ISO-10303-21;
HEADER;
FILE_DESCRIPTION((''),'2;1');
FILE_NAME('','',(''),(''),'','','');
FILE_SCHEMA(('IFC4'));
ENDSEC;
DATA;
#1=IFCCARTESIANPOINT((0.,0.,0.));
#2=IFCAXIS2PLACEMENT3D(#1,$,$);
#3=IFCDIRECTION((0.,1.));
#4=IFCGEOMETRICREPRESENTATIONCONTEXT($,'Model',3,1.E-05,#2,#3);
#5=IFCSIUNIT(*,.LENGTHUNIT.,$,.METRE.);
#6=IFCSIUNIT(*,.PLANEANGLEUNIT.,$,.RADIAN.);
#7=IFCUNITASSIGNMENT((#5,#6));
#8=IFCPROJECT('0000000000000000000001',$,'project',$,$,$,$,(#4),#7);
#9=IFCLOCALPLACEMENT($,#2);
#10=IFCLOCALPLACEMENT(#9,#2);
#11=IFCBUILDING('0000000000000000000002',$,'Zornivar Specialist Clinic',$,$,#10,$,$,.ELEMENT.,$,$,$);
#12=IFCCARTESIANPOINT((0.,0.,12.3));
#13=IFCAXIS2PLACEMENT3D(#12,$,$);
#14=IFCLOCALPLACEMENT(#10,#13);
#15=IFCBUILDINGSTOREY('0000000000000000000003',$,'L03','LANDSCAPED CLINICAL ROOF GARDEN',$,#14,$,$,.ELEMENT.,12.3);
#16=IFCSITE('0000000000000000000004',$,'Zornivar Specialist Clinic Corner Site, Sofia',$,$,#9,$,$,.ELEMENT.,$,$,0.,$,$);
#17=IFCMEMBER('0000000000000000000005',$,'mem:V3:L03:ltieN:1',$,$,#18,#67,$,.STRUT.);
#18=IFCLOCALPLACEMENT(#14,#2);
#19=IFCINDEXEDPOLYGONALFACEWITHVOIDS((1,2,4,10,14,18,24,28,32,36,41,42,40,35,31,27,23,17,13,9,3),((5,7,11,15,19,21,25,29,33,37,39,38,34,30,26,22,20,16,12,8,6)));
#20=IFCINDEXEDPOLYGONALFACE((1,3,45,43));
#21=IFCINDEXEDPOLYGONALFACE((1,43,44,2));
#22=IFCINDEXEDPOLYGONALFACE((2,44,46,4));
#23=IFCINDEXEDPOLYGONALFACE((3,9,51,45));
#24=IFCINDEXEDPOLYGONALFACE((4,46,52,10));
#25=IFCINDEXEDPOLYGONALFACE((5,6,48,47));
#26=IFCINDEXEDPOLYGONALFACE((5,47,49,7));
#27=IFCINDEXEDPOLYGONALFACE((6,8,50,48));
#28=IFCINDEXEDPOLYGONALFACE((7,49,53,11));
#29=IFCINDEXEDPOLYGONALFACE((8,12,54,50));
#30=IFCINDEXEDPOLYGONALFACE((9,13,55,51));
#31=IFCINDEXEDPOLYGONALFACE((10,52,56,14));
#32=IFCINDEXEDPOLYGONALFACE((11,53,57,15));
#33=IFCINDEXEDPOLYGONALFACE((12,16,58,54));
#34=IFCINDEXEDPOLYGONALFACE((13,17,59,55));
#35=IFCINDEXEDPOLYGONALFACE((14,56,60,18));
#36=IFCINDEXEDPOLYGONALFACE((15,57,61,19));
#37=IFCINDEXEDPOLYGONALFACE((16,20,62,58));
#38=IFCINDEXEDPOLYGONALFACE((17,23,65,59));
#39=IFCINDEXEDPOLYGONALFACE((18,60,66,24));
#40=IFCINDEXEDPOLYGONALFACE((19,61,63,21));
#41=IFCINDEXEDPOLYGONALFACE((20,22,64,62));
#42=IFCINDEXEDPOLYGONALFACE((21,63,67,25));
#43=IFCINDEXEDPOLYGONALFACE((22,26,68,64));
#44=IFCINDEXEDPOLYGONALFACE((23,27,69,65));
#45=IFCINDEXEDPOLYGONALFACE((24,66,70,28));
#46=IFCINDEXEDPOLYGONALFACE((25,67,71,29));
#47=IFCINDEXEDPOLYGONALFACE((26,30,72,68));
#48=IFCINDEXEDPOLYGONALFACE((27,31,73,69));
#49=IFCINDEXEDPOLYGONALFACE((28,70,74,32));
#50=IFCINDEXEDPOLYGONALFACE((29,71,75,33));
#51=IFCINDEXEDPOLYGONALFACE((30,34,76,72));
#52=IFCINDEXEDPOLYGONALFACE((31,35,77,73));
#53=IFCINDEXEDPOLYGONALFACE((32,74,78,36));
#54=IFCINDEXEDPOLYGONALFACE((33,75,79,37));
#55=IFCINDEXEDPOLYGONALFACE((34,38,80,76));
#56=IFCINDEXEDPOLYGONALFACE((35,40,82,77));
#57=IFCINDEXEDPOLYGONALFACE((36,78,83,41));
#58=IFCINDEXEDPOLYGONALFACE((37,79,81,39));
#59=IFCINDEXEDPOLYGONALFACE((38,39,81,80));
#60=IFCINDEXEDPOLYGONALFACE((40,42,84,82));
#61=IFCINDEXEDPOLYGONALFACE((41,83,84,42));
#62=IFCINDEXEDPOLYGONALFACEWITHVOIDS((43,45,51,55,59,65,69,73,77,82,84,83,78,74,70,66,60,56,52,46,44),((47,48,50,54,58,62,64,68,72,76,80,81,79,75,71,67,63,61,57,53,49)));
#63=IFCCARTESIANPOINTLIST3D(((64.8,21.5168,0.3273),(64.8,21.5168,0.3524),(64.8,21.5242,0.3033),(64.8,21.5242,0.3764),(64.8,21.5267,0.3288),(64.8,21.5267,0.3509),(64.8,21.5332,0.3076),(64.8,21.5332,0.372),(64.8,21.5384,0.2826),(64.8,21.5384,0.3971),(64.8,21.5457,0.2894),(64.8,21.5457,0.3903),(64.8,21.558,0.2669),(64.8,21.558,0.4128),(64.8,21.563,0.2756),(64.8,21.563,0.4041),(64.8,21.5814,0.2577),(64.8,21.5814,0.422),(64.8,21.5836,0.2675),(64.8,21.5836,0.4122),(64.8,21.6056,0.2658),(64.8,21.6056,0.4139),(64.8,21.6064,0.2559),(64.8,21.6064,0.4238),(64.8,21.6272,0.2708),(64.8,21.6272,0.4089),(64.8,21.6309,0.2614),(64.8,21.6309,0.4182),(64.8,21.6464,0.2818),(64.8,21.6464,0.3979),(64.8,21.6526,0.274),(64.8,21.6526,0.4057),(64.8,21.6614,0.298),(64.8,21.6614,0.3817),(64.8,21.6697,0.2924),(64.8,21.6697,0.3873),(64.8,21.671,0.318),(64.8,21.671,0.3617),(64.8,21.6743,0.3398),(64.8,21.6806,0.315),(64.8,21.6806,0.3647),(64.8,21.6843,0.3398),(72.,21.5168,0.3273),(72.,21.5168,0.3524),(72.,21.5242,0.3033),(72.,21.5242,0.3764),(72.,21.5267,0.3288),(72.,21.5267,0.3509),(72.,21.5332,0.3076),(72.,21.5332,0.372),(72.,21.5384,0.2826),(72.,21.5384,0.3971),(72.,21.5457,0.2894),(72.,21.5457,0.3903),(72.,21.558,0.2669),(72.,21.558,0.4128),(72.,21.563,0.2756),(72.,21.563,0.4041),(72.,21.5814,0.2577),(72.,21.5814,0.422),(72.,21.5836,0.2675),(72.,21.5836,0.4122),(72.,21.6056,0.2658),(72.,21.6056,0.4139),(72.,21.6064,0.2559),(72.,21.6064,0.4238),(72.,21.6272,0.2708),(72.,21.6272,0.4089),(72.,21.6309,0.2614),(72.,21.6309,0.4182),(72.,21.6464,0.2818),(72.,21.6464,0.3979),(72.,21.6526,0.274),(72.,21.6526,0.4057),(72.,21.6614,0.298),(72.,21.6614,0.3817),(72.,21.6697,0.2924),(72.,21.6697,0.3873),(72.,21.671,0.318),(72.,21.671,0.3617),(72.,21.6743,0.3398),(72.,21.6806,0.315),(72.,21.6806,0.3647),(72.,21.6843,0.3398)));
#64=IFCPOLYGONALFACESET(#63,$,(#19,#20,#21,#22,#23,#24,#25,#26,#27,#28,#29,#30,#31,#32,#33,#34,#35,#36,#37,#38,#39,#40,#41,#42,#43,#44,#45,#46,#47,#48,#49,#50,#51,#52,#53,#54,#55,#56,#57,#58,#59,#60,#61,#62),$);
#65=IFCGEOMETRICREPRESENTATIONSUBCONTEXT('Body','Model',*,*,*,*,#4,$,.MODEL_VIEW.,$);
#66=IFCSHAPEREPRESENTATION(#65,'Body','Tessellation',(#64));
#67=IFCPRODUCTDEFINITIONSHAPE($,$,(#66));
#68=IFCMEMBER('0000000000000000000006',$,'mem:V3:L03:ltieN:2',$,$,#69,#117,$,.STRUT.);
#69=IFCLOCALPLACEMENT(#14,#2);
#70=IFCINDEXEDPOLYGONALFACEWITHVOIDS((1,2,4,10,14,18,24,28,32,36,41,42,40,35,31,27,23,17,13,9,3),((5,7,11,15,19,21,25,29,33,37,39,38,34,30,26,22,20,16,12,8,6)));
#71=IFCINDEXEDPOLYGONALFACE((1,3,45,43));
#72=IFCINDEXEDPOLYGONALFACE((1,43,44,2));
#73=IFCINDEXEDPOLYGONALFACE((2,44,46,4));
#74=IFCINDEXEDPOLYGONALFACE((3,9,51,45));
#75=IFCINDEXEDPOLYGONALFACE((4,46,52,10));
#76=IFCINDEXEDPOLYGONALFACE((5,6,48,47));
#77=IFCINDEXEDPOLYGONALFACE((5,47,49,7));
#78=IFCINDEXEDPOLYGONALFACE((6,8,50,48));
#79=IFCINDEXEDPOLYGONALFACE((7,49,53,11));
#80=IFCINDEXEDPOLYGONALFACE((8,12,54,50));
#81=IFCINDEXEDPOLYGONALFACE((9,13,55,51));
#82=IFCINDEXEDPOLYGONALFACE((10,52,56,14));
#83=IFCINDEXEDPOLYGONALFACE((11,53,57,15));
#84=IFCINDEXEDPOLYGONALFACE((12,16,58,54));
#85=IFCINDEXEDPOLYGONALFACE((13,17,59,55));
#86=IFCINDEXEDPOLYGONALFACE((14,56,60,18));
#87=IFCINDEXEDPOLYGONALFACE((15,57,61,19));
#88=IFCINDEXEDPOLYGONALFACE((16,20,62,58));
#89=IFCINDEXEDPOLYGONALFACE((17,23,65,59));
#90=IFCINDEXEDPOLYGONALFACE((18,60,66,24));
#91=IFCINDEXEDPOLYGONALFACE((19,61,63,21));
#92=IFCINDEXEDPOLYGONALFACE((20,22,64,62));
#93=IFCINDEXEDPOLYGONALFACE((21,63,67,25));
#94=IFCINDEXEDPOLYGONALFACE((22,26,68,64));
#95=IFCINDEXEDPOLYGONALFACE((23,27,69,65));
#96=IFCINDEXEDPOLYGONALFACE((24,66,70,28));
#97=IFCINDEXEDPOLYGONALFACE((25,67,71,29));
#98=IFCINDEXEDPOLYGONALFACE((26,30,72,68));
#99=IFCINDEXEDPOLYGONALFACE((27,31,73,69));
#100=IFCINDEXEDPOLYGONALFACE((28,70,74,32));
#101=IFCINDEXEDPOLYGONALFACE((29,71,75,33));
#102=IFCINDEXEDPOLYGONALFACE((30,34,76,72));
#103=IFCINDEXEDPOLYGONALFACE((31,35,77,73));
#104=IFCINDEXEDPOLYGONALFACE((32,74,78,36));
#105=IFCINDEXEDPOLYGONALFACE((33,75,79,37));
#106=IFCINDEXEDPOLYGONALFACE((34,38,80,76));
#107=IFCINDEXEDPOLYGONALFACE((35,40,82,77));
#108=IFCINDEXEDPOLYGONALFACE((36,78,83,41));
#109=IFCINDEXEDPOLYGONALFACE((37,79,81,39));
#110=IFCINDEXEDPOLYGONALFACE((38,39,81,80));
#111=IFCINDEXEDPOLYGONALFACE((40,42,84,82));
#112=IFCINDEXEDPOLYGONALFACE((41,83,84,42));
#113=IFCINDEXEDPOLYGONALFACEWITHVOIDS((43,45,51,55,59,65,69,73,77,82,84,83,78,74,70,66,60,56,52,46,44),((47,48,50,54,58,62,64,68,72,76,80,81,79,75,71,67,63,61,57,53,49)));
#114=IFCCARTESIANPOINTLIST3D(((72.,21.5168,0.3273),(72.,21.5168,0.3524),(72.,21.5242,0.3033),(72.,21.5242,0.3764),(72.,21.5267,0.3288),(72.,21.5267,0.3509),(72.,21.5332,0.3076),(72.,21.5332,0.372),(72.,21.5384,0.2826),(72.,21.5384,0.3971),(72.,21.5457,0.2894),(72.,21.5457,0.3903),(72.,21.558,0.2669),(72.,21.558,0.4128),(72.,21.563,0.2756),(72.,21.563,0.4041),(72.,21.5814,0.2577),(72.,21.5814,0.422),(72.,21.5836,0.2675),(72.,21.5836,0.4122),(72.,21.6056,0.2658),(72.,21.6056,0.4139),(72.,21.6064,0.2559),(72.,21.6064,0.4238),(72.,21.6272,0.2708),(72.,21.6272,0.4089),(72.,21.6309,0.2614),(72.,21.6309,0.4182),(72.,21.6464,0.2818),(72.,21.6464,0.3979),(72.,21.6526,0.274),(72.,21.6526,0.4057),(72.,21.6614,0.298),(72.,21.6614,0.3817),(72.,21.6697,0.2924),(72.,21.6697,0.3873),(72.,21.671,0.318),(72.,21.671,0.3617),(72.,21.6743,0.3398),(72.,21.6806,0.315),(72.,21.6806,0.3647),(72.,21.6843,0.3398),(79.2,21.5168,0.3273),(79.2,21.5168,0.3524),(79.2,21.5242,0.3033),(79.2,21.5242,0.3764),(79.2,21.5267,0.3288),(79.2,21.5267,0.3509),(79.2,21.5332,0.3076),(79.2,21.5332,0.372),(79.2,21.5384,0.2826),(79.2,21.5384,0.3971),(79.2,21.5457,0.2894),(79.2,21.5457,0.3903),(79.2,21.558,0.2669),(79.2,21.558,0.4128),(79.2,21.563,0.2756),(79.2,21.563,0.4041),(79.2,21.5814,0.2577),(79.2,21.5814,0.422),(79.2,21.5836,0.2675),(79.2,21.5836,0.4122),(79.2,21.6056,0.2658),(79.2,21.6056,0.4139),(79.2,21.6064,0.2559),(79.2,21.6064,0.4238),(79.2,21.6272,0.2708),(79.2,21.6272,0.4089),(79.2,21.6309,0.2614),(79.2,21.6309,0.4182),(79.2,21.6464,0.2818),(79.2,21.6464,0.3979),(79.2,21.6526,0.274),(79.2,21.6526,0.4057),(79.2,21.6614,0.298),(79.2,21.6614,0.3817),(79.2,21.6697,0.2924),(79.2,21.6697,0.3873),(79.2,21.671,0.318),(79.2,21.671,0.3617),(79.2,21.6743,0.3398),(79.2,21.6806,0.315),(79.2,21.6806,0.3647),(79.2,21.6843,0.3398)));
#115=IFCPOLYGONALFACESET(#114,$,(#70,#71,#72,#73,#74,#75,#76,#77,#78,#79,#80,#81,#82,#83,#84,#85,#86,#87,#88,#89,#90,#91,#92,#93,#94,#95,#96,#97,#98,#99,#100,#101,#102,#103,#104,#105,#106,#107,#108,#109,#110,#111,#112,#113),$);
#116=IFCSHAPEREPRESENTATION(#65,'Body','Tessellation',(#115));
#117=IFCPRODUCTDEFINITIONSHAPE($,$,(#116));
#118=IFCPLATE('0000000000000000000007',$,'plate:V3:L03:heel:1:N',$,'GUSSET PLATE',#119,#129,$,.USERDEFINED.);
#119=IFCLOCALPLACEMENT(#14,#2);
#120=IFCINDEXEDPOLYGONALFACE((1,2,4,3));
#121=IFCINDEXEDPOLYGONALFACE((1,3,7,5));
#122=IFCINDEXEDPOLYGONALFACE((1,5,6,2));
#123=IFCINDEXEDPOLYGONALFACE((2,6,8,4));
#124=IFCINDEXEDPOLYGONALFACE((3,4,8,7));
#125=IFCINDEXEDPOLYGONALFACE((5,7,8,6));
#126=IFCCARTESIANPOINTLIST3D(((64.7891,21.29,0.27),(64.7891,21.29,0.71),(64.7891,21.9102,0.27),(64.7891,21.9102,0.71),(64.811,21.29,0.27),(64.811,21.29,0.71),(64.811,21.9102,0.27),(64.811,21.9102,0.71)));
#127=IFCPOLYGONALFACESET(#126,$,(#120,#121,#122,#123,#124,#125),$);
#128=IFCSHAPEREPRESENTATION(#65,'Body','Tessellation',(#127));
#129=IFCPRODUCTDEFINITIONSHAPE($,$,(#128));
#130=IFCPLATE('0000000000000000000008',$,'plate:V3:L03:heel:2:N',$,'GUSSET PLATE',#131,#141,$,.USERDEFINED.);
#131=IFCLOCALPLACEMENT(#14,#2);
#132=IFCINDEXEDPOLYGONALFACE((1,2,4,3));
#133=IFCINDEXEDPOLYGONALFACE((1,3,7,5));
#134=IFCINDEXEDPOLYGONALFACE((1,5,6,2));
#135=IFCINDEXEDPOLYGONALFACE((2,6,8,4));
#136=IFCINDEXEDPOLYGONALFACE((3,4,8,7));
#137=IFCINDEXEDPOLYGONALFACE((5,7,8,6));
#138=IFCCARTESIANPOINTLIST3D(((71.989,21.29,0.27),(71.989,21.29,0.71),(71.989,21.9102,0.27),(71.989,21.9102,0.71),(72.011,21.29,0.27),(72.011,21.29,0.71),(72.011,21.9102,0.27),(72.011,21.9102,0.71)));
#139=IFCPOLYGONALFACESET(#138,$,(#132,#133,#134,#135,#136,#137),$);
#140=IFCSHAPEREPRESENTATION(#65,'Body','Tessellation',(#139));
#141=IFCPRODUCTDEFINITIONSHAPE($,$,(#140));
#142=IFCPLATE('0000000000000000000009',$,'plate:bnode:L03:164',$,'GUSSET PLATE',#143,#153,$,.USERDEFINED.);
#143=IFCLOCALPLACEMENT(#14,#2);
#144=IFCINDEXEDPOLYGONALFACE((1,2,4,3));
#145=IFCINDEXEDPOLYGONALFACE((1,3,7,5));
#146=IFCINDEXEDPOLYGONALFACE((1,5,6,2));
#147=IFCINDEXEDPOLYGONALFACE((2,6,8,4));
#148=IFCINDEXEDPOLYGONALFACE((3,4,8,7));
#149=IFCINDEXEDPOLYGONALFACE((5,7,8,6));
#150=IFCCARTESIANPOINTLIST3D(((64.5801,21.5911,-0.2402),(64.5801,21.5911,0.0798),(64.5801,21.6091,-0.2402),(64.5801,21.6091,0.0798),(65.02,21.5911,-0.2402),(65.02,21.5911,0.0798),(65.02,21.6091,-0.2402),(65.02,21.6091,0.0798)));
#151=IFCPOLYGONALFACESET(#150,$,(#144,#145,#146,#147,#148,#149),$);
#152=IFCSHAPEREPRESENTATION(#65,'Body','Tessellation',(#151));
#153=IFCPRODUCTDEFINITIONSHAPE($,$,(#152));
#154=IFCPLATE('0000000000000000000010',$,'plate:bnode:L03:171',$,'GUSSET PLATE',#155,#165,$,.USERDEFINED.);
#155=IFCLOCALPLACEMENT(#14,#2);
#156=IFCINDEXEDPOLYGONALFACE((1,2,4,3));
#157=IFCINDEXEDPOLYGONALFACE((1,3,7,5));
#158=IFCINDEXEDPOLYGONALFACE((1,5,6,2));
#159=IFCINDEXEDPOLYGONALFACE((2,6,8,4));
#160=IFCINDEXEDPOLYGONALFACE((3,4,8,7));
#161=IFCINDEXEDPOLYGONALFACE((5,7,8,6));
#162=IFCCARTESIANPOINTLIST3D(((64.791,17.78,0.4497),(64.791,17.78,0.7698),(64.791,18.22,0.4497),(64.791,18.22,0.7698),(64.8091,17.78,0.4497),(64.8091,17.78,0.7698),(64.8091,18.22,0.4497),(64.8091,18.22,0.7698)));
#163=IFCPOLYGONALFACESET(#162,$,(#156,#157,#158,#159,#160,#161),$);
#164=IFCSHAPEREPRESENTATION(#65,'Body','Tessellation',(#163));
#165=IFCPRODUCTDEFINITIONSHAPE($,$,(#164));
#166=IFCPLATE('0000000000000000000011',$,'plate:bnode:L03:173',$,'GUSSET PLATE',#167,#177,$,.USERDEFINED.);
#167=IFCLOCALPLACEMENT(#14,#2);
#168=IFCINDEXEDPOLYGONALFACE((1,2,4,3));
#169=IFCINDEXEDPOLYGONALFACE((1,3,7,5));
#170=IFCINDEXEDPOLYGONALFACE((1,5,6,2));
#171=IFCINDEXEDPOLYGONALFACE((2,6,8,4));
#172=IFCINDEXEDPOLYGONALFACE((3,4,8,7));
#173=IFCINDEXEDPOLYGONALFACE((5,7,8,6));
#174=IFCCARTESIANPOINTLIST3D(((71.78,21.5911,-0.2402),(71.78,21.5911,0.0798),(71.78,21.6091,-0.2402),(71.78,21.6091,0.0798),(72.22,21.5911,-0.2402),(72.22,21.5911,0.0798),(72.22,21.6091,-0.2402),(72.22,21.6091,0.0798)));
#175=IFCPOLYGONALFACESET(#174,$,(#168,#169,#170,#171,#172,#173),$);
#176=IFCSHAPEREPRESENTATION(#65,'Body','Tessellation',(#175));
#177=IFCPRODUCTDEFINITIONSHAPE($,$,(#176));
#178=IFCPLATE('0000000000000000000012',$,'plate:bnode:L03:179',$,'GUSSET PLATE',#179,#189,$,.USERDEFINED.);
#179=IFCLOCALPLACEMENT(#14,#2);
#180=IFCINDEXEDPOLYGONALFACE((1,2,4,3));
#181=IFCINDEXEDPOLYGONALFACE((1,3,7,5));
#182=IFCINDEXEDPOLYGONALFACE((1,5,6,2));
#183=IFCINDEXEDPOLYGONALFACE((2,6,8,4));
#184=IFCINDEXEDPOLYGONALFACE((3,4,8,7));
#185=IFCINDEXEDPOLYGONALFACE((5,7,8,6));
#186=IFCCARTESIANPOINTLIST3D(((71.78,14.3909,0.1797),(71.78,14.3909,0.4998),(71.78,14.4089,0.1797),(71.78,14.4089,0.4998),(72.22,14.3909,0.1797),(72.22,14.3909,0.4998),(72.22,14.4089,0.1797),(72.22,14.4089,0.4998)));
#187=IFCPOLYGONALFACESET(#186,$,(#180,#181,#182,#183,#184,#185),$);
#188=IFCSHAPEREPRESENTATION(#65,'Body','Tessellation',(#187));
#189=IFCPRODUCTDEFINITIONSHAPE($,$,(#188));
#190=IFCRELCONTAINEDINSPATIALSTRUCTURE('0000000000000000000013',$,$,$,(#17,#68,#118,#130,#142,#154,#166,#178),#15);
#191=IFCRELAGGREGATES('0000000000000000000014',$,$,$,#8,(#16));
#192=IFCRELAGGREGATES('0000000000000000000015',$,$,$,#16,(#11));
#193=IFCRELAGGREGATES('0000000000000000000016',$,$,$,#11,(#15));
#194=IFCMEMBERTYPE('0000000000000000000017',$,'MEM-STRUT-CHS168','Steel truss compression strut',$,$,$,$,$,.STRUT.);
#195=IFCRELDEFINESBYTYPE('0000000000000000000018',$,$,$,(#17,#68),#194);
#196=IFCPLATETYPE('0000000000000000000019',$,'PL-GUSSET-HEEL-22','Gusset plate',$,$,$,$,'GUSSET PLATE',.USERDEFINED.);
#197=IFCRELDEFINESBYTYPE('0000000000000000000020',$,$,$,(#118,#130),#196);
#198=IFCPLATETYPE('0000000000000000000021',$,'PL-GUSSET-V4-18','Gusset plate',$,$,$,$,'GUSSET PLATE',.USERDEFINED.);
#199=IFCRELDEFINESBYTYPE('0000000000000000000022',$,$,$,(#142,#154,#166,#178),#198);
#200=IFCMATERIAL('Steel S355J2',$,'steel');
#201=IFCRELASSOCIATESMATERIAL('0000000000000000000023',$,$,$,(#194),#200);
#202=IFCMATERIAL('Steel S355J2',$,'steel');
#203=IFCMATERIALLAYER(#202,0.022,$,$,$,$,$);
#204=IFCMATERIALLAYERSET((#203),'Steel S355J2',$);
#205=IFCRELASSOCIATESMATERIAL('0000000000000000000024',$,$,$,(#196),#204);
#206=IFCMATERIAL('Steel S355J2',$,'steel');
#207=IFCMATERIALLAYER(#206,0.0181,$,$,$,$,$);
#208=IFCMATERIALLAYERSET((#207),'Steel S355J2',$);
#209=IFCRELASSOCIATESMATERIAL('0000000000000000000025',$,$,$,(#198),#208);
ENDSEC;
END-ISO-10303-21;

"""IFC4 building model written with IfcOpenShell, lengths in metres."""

from ifc_helpers import new_model, si_unit, direction, frame, origin, origin_2d, place, context, subcontext, project, spatial, rectangle, hollow_circle, extrude, material, layer, layer_set, material_profile, profile_set, type_object, element, save


model = new_model("IFC4")

# Units and contexts
model_context = context("Model", 3, precision=1e-05, world=origin(), true_north=direction((0.0, 1.0)))
body_context = subcontext(model_context, "Body", "Model", "MODEL_VIEW")
ifc_project = project(units=[si_unit("LENGTHUNIT", "METRE"), si_unit("PLANEANGLEUNIT", "RADIAN")], contexts=[model_context])

# Site, building, storey
site_placement = place(None, origin())
site = spatial("IfcSite", under=ifc_project, at=site_placement, Name="Zornivar Specialist Clinic Corner Site, Sofia", CompositionType="ELEMENT", RefElevation=0.0)
building_placement = place(site_placement, origin())
building = spatial("IfcBuilding", under=site, at=building_placement, Name="Zornivar Specialist Clinic", CompositionType="ELEMENT")
storey_placement = place(building_placement, frame((0.0, 0.0, 12.3)))
storey = spatial("IfcBuildingStorey", under=building, at=storey_placement, Name="L03", Description="LANDSCAPED CLINICAL ROOF GARDEN", CompositionType="ELEMENT", Elevation=12.3)

# Members
ifc_material_1 = material(Name="Steel S355J2", Category="steel")
ifc_material_profile_1 = material_profile(ifc_material_1, hollow_circle(Radius=0.0842, WallThickness=0.01, at=origin_2d()), Name="CHS 168.3x10")
ifc_profile_set_1 = profile_set([ifc_material_profile_1], Name="Steel S355J2")
member_type_1 = type_object("IfcMemberType", Name="MEM-STRUT-CHS168", Description="Steel truss compression strut", PredefinedType="STRUT", material=ifc_profile_set_1)
for number, where, z_axis, x_axis, name in (
    (1, (64.8, 21.6001, 0.3398), (1.0, 0.0, 0.0), (0.0, 1.0, 0.0), "mem:V3:L03:ltieN:1"),
    (2, (72.0, 21.6001, 0.3398), (1.0, 0.0, 0.0), (0.0, 1.0, 0.0), "mem:V3:L03:ltieN:2"),
):
    element("IfcMember", number, at=place(storey_placement, frame(where, z_axis=z_axis, x_axis=x_axis)), inside=storey, type_object=member_type_1, Name=name, PredefinedType="STRUT", context=body_context, shape_type="SweptSolid", body=[
        extrude(hollow_circle(Radius=0.0842, WallThickness=0.01, at=origin_2d()), origin(), (0.0, 0.0, 1.0), 7.2),
    ])

# Plates
ifc_material_2 = material(Name="Steel S355J2", Category="steel")
ifc_layer_1 = layer(ifc_material_2, 0.022)
ifc_layer_set_1 = layer_set([ifc_layer_1], Name="Steel S355J2")
plate_type_1 = type_object("IfcPlateType", Name="PL-GUSSET-HEEL-22", Description="Gusset plate", ElementType="GUSSET PLATE", PredefinedType="USERDEFINED", material=ifc_layer_set_1)
for number, where, z_axis, x_axis, name in (
    (3, (64.8, 21.6001, 0.27), (0.0, 0.0, 1.0), (1.0, 0.0, 0.0), "plate:V3:L03:heel:1:N"),
    (4, (72.0, 21.6001, 0.27), (0.0, 0.0, 1.0), (1.0, 0.0, 0.0), "plate:V3:L03:heel:2:N"),
):
    element("IfcPlate", number, at=place(storey_placement, frame(where, z_axis=z_axis, x_axis=x_axis)), inside=storey, type_object=plate_type_1, Name=name, ObjectType="GUSSET PLATE", PredefinedType="USERDEFINED", context=body_context, shape_type="SweptSolid", body=[
        extrude(rectangle(XDim=0.022, YDim=0.6201, at=origin_2d()), origin(), (0.0, 0.0, 1.0), 0.4399),
    ])
ifc_material_3 = material(Name="Steel S355J2", Category="steel")
ifc_layer_2 = layer(ifc_material_3, 0.0181)
ifc_layer_set_2 = layer_set([ifc_layer_2], Name="Steel S355J2")
plate_type_2 = type_object("IfcPlateType", Name="PL-GUSSET-V4-18", Description="Gusset plate", ElementType="GUSSET PLATE", PredefinedType="USERDEFINED", material=ifc_layer_set_2)
for number, where, z_axis, x_axis, name in (
    (5, (64.8, 21.6001, -0.2402), (0.0, 0.0, 1.0), (1.0, 0.0, 0.0), "plate:bnode:L03:164"),
    (6, (64.8, 18.0, 0.4497), (0.0, 0.0, 1.0), (0.0, 1.0, 0.0), "plate:bnode:L03:171"),
    (7, (72.0, 21.6001, -0.2402), (0.0, 0.0, 1.0), (1.0, 0.0, 0.0), "plate:bnode:L03:173"),
    (8, (72.0, 14.3999, 0.1797), (0.0, 0.0, 1.0), (1.0, 0.0, 0.0), "plate:bnode:L03:179"),
):
    element("IfcPlate", number, at=place(storey_placement, frame(where, z_axis=z_axis, x_axis=x_axis)), inside=storey, type_object=plate_type_2, Name=name, ObjectType="GUSSET PLATE", PredefinedType="USERDEFINED", context=body_context, shape_type="SweptSolid", body=[
        extrude(rectangle(XDim=0.4399, YDim=0.0181, at=origin_2d()), origin(), (0.0, 0.0, 1.0), 0.3201),
    ])

save(model, "model.ifc")
